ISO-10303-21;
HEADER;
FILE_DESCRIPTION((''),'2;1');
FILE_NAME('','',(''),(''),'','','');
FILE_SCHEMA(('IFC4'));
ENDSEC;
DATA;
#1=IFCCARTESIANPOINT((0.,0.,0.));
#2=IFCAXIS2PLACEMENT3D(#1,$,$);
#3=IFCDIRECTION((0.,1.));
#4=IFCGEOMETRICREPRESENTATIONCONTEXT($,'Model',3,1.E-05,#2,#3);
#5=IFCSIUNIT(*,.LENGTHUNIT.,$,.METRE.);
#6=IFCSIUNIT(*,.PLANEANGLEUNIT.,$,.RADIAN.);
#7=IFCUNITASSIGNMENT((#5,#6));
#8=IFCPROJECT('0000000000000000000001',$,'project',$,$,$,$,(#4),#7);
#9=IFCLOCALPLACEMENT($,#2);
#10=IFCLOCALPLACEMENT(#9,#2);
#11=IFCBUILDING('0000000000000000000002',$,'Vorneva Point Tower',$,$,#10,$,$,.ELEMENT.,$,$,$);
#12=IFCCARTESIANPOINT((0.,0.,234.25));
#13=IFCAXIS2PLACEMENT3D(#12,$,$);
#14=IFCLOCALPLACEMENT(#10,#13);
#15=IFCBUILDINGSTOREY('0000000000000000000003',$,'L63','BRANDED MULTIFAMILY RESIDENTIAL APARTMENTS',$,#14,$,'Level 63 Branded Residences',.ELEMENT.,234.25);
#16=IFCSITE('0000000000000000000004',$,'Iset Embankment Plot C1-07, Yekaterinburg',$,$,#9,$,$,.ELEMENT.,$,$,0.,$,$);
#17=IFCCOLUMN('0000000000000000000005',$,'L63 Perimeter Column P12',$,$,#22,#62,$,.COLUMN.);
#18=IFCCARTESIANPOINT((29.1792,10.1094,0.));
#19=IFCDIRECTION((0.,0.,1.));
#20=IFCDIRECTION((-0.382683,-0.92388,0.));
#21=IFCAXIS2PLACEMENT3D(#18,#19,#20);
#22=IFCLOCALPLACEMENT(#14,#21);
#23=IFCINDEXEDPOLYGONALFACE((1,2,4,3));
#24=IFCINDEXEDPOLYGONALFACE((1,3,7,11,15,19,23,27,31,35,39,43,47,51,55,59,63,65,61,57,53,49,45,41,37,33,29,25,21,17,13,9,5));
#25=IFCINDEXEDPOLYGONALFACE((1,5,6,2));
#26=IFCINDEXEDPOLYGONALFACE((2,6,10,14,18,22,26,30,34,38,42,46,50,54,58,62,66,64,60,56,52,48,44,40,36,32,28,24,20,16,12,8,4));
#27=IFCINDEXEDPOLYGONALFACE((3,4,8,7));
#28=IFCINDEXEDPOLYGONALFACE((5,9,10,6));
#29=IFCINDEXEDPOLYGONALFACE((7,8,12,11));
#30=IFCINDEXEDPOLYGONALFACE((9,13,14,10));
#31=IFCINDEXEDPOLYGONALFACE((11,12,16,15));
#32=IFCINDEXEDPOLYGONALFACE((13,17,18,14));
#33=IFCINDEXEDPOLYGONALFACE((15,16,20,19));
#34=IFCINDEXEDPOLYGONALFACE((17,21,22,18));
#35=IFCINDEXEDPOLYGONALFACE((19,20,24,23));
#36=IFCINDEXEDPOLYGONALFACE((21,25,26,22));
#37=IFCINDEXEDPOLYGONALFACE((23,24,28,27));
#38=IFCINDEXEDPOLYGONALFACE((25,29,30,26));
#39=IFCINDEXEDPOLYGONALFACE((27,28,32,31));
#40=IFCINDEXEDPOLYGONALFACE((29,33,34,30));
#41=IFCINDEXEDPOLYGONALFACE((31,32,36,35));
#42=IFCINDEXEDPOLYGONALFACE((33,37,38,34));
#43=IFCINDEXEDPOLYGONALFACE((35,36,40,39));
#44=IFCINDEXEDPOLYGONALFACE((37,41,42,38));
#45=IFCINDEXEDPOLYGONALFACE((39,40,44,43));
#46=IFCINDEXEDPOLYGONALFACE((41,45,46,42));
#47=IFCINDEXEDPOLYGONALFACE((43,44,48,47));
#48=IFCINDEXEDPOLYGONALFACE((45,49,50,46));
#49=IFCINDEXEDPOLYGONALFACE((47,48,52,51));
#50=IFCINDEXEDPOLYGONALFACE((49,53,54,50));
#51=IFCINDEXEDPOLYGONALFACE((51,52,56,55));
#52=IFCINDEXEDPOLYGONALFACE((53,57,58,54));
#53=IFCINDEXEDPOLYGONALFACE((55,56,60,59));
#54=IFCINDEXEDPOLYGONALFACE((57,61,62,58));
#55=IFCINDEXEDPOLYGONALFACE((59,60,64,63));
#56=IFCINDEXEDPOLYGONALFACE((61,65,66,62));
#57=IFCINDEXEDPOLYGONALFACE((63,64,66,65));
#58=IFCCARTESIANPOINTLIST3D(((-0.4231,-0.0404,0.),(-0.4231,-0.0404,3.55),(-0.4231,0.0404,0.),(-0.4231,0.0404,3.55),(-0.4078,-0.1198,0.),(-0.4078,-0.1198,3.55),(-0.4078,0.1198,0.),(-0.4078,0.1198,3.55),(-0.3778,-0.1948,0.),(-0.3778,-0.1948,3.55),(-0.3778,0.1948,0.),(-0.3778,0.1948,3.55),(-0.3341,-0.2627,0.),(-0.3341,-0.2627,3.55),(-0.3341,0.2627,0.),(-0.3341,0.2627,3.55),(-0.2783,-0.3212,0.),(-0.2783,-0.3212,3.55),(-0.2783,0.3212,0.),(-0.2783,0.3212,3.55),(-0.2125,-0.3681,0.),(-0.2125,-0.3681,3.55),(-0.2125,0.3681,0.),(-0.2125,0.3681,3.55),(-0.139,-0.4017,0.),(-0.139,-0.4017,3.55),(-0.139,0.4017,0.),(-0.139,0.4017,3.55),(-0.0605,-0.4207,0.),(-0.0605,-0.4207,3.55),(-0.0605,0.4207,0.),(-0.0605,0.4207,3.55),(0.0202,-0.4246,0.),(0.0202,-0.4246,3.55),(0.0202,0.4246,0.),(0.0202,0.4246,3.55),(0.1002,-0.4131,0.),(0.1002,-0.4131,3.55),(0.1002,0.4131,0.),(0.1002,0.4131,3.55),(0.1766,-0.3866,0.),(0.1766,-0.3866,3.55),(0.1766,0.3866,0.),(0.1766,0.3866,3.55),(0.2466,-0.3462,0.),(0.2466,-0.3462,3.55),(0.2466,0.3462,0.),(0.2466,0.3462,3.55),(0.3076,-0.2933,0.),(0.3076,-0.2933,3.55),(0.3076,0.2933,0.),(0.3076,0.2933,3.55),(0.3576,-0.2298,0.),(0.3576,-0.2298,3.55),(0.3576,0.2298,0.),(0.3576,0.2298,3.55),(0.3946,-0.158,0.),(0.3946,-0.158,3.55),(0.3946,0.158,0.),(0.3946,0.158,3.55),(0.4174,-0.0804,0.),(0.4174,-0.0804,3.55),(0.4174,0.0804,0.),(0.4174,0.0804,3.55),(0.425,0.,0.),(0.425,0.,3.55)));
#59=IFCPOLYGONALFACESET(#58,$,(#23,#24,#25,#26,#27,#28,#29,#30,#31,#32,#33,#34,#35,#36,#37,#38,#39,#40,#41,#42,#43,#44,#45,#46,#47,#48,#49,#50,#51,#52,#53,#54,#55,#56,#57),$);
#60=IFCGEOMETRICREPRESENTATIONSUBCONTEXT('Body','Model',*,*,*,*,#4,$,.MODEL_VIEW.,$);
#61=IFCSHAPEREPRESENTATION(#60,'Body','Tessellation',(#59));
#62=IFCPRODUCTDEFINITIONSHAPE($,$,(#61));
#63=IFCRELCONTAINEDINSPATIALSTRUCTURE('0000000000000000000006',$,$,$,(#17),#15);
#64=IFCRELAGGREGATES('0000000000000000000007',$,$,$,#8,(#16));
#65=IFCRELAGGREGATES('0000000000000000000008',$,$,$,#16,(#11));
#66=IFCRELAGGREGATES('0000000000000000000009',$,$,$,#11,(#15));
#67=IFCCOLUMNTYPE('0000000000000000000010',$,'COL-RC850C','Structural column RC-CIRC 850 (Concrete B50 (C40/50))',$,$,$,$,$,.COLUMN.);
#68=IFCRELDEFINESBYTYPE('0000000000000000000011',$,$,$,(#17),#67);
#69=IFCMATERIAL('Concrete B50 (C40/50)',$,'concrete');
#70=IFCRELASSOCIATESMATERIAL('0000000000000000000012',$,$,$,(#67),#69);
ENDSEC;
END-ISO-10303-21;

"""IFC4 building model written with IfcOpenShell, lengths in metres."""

from ifc_helpers import new_model, si_unit, direction, frame, origin, origin_2d, place, context, subcontext, project, spatial, circle, extrude, material, material_profile, profile_set, type_object, element, save


model = new_model("IFC4")

# Units and contexts
model_context = context("Model", 3, precision=1e-05, world=origin(), true_north=direction((0.0, 1.0)))
body_context = subcontext(model_context, "Body", "Model", "MODEL_VIEW")
ifc_project = project(units=[si_unit("LENGTHUNIT", "METRE"), si_unit("PLANEANGLEUNIT", "RADIAN")], contexts=[model_context])

# Site, building, storey
site_placement = place(None, origin())
site = spatial("IfcSite", under=ifc_project, at=site_placement, Name="Iset Embankment Plot C1-07, Yekaterinburg", CompositionType="ELEMENT", RefElevation=0.0)
building_placement = place(site_placement, origin())
building = spatial("IfcBuilding", under=site, at=building_placement, Name="Vorneva Point Tower", CompositionType="ELEMENT")
storey_placement = place(building_placement, frame((0.0, 0.0, 234.25)))
storey = spatial("IfcBuildingStorey", under=building, at=storey_placement, Name="L63", Description="BRANDED MULTIFAMILY RESIDENTIAL APARTMENTS", LongName="Level 63 Branded Residences", CompositionType="ELEMENT", Elevation=234.25)

# Column
ifc_material_1 = material(Name="Concrete B50 (C40/50)", Category="concrete")
ifc_material_profile_1 = material_profile(ifc_material_1, circle(Radius=0.425, at=origin_2d()), Name="RC-CIRC 850")
ifc_profile_set_1 = profile_set([ifc_material_profile_1], Name="Concrete B50 (C40/50)")
column_type_1 = type_object("IfcColumnType", Name="COL-RC850C", Description="Structural column RC-CIRC 850 (Concrete B50 (C40/50))", PredefinedType="COLUMN", material=ifc_profile_set_1)
column_1_placement = place(storey_placement, frame((29.1792, 10.1094, 0.0), z_axis=(0.0, 0.0, 1.0), x_axis=(-0.382683, -0.92388, 0.0)))
element("IfcColumn", 1, at=column_1_placement, inside=storey, type_object=column_type_1, Name="L63 Perimeter Column P12", PredefinedType="COLUMN", context=body_context, shape_type="SweptSolid", body=[
    extrude(circle(Radius=0.425, at=origin_2d()), origin(), (0.0, 0.0, 1.0), 3.55),
])

save(model, "model.ifc")
